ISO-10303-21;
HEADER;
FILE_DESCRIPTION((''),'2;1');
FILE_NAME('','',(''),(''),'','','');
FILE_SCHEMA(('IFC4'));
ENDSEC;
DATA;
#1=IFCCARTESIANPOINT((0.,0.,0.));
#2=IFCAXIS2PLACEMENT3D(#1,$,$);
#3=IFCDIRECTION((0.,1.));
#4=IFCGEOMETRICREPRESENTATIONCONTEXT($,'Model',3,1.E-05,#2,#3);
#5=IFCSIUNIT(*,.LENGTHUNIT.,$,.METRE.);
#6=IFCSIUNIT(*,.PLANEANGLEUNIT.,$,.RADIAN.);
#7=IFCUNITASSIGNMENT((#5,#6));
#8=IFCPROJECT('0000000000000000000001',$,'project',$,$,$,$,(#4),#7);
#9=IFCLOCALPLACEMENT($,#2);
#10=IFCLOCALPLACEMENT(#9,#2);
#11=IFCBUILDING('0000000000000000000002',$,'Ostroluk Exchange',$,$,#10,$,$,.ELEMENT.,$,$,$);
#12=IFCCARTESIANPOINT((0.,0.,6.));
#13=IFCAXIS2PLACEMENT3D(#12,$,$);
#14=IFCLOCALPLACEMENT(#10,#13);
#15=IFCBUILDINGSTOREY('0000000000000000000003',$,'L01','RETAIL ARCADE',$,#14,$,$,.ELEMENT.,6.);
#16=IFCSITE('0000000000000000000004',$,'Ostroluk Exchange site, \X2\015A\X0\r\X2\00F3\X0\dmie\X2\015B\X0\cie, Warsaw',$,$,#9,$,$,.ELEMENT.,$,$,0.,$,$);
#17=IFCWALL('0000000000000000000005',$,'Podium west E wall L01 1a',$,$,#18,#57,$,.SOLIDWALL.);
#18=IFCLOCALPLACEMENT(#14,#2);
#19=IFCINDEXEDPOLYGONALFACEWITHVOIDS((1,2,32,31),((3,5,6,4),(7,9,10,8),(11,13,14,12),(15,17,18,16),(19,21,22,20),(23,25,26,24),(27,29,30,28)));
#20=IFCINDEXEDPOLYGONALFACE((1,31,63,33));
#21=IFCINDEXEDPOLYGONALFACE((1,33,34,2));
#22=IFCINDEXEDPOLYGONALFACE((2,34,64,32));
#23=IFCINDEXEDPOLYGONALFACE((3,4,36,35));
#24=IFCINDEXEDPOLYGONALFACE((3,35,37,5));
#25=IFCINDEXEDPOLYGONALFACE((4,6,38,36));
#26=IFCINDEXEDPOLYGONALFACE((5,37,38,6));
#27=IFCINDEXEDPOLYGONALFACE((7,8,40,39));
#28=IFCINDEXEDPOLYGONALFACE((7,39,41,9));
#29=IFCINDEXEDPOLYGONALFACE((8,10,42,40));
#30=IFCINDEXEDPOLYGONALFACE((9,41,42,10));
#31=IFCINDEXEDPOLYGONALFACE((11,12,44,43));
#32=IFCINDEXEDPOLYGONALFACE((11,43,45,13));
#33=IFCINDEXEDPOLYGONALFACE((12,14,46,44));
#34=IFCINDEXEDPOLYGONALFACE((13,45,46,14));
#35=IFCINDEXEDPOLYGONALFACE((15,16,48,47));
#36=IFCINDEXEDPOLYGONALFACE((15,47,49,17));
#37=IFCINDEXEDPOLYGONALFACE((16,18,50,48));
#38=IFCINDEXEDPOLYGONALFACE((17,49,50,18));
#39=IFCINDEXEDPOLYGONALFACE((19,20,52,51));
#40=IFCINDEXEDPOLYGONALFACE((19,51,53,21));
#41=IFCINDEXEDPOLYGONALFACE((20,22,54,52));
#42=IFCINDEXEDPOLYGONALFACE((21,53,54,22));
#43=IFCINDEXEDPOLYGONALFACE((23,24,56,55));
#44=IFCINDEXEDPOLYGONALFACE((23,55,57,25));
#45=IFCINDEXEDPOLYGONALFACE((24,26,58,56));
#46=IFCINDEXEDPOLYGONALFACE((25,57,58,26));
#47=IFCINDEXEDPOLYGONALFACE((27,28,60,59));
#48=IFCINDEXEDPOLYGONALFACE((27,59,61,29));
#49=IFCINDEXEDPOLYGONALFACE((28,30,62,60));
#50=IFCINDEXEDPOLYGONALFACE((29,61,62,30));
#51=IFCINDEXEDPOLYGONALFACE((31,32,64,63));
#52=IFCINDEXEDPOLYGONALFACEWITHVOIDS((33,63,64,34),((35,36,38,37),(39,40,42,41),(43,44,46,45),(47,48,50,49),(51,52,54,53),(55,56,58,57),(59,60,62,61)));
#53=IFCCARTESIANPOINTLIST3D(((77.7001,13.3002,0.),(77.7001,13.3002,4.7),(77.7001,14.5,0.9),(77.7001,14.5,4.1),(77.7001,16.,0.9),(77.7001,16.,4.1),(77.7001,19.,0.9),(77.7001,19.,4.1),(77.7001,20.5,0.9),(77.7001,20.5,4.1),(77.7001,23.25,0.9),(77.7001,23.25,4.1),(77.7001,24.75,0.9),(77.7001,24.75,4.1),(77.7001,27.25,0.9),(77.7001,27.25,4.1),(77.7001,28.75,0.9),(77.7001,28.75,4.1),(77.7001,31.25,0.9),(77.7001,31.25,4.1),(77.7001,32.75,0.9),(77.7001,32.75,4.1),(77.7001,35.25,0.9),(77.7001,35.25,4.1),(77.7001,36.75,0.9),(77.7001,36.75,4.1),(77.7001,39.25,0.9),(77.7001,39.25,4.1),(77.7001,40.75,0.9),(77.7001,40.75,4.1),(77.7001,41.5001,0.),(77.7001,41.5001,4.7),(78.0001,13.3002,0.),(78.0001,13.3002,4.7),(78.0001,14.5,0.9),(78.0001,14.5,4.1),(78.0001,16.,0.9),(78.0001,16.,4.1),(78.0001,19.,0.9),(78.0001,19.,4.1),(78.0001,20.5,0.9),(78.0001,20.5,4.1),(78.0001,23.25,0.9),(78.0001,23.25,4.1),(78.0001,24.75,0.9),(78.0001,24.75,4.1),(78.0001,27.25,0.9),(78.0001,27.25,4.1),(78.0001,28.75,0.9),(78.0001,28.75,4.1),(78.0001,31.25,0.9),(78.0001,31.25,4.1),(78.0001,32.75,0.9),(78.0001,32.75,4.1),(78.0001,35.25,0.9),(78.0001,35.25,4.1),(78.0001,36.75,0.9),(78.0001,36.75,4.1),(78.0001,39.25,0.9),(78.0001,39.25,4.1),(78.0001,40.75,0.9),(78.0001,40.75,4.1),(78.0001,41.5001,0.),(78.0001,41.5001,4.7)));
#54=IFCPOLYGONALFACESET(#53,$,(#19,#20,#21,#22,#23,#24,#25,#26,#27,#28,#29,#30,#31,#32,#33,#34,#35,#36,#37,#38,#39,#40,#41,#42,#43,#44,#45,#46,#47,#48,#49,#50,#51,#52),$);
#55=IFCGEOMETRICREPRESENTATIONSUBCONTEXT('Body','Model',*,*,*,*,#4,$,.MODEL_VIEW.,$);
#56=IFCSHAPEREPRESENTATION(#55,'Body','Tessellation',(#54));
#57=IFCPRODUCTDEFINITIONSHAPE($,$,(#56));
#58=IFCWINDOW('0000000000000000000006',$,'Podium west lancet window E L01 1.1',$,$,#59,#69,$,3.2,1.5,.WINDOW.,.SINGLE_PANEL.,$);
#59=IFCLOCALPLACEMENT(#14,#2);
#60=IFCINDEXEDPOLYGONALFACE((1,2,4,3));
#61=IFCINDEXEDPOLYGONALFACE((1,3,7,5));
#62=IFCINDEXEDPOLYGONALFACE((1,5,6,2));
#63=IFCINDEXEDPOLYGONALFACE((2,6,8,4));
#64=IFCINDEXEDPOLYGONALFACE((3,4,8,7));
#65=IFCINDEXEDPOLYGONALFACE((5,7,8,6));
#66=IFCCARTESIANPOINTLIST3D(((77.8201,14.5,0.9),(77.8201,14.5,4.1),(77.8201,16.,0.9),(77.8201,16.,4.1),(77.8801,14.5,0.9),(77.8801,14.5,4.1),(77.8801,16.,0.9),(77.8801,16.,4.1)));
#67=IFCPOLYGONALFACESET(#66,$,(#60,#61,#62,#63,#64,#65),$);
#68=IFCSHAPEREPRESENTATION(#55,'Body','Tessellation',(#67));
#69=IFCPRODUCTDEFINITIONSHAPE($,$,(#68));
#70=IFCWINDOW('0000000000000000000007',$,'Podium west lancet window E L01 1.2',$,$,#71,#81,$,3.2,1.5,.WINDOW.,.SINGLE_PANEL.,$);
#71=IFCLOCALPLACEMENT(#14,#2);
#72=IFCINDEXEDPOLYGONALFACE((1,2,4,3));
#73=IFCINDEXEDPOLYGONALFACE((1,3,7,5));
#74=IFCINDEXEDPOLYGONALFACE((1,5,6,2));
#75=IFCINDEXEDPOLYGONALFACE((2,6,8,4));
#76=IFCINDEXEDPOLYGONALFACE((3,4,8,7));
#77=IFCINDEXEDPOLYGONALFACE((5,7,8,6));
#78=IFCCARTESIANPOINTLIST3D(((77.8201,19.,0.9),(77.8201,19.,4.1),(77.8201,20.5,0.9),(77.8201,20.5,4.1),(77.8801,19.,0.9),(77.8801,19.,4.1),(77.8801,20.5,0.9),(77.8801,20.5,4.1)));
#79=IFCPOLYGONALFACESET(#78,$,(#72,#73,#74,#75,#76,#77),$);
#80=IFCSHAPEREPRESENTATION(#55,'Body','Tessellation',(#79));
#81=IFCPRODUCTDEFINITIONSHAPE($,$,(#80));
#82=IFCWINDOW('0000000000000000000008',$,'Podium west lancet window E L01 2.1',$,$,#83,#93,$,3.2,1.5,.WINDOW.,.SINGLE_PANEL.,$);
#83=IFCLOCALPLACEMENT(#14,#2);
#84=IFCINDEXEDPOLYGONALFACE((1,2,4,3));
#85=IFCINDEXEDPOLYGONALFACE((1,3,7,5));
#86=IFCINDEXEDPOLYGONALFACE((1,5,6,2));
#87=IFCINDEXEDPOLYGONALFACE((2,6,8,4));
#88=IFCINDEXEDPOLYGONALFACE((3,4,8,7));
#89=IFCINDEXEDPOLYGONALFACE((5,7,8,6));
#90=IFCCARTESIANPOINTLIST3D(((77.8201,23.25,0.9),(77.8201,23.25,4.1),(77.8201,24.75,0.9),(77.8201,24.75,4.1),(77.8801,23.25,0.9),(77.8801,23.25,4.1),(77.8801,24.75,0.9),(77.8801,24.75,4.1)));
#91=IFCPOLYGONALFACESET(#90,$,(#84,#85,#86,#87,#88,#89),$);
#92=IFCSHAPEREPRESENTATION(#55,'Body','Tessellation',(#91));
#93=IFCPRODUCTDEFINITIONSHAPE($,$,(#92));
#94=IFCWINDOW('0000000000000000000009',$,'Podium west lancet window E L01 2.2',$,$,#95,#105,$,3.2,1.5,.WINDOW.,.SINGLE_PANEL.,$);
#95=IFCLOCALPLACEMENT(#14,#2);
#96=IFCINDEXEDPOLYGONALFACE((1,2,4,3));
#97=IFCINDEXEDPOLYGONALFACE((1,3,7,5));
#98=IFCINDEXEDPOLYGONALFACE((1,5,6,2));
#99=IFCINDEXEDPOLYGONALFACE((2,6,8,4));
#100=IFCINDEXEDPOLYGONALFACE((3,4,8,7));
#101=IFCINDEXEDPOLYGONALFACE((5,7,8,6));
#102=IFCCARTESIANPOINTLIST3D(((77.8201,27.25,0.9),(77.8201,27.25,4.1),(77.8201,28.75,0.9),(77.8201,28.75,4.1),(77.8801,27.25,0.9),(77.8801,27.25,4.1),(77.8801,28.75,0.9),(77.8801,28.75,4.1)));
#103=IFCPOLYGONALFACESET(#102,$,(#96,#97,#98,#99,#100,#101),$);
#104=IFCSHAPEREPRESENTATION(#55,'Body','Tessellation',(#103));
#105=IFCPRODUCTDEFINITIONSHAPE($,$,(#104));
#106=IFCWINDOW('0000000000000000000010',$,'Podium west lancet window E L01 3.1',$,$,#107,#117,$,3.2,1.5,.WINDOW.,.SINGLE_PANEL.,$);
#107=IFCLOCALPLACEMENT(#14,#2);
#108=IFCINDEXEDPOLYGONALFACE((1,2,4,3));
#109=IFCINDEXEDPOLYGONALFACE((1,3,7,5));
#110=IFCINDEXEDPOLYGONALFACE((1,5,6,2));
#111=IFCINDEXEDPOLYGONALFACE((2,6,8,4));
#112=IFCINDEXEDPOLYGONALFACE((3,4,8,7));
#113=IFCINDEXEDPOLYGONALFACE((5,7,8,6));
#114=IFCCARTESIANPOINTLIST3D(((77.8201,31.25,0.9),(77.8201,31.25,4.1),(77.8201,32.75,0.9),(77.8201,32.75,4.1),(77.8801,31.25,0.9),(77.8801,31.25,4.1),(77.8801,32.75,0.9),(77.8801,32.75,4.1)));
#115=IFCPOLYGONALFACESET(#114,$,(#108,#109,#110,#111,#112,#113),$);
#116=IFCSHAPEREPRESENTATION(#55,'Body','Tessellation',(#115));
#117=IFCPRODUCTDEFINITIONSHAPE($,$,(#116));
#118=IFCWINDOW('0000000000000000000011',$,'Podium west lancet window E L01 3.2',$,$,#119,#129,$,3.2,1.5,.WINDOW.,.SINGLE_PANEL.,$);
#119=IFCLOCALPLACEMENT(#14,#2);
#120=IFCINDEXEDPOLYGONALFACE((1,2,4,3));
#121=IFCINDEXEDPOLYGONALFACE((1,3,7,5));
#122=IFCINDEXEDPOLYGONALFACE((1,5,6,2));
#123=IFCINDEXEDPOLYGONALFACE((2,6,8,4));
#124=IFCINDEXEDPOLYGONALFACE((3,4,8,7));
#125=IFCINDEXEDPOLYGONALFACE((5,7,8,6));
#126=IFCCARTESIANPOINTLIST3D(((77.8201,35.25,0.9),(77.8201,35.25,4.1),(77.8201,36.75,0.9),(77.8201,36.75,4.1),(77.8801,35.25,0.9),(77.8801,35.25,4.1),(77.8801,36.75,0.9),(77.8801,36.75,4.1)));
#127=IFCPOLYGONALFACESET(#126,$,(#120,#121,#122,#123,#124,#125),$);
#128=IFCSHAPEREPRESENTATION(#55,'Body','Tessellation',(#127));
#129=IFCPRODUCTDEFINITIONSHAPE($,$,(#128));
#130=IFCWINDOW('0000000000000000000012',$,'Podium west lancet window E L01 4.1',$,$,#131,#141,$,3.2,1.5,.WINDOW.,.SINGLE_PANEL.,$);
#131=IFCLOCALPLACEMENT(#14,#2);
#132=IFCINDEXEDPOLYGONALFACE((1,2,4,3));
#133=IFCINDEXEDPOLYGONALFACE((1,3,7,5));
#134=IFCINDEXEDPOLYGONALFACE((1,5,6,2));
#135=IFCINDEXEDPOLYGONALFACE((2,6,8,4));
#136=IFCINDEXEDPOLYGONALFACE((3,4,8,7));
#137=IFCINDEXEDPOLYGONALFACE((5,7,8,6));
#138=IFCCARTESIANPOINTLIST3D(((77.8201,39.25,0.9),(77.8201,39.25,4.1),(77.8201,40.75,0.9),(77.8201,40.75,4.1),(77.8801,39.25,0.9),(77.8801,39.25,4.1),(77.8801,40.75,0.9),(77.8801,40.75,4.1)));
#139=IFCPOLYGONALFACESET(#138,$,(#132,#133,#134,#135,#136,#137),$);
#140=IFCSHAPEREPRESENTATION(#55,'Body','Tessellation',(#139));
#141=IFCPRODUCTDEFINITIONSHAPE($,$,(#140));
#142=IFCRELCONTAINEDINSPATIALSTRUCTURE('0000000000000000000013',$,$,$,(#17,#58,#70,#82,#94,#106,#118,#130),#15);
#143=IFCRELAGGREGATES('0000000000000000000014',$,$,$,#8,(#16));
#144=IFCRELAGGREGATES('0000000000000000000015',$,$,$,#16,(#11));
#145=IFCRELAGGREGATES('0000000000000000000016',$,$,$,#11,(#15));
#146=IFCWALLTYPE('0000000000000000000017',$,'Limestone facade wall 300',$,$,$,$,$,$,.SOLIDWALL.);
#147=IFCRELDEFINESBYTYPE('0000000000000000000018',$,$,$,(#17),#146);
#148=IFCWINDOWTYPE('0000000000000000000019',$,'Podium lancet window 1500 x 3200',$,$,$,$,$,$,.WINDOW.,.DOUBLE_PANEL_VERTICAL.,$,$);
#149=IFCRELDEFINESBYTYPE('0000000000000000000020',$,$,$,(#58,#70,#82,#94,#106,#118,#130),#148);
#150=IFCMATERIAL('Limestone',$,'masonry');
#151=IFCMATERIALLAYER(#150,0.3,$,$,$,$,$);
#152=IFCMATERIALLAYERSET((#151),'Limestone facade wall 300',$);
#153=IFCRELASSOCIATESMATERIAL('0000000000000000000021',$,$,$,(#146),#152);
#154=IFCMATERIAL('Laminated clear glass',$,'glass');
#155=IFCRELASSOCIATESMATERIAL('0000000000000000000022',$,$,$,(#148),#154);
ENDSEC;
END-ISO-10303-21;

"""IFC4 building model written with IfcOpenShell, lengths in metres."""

from ifc_helpers import new_model, si_unit, direction, frame, frame_2d, origin, place, context, subcontext, project, spatial, rectangle, extrude, material, layer, layer_set, type_object, element, fill, save


model = new_model("IFC4")

# Units and contexts
model_context = context("Model", 3, precision=1e-05, world=origin(), true_north=direction((0.0, 1.0)))
body_context = subcontext(model_context, "Body", "Model", "MODEL_VIEW")
ifc_project = project(units=[si_unit("LENGTHUNIT", "METRE"), si_unit("PLANEANGLEUNIT", "RADIAN")], contexts=[model_context])

# Site, building, storey
site_placement = place(None, origin())
site = spatial("IfcSite", under=ifc_project, at=site_placement, Name="Ostroluk Exchange site, Śródmieście, Warsaw", CompositionType="ELEMENT", RefElevation=0.0)
building_placement = place(site_placement, origin())
building = spatial("IfcBuilding", under=site, at=building_placement, Name="Ostroluk Exchange", CompositionType="ELEMENT")
storey_placement = place(building_placement, frame((0.0, 0.0, 6.0)))
storey = spatial("IfcBuildingStorey", under=building, at=storey_placement, Name="L01", Description="RETAIL ARCADE", CompositionType="ELEMENT", Elevation=6.0)

# Wall, openings, windows
ifc_material_1 = material(Name="Limestone", Category="masonry")
ifc_layer_1 = layer(ifc_material_1, 0.3)
ifc_layer_set_1 = layer_set([ifc_layer_1], Name="Limestone facade wall 300")
wall_type_1 = type_object("IfcWallType", Name="Limestone facade wall 300", PredefinedType="SOLIDWALL", material=ifc_layer_set_1)
wall_1_placement = place(storey_placement, frame((77.8501, 13.3, 0.0), z_axis=(0.0, 0.0, 1.0), x_axis=(0.0, 1.0, 0.0)))
wall_1 = element("IfcWall", 1, at=wall_1_placement, inside=storey, type_object=wall_type_1, Name="Podium west E wall L01 1a", PredefinedType="SOLIDWALL", context=body_context, shape_type="SweptSolid", body=[
    extrude(rectangle(XDim=28.2, YDim=0.3, at=frame_2d((14.1001, 0.0))), origin(), (0.0, 0.0, 1.0), 4.7),
])
opening_1_placement = place(wall_1_placement, frame((1.2, 0.0, 0.8999)))
opening_1 = element("IfcOpeningElement", 2, at=opening_1_placement, cuts=wall_1, PredefinedType="OPENING", context=body_context, shape_type="SweptSolid", body=[
    extrude(rectangle(XDim=1.5, YDim=3.2, at=frame_2d((0.75, 1.6001))), frame((0.0, 0.1599, 0.0), z_axis=(0.0, -1.0, 0.0), x_axis=(1.0, 0.0, 0.0)), (0.0, 0.0, 1.0), 0.3201),
])
opening_2_placement = place(wall_1_placement, frame((5.7, 0.0, 0.8999)))
opening_2 = element("IfcOpeningElement", 3, at=opening_2_placement, cuts=wall_1, PredefinedType="OPENING", context=body_context, shape_type="SweptSolid", body=[
    extrude(rectangle(XDim=1.5, YDim=3.2, at=frame_2d((0.75, 1.6001))), frame((0.0, 0.1599, 0.0), z_axis=(0.0, -1.0, 0.0), x_axis=(1.0, 0.0, 0.0)), (0.0, 0.0, 1.0), 0.3201),
])
opening_3_placement = place(wall_1_placement, frame((9.95, 0.0, 0.8999)))
opening_3 = element("IfcOpeningElement", 4, at=opening_3_placement, cuts=wall_1, PredefinedType="OPENING", context=body_context, shape_type="SweptSolid", body=[
    extrude(rectangle(XDim=1.5, YDim=3.2, at=frame_2d((0.75, 1.6001))), frame((0.0, 0.1599, 0.0), z_axis=(0.0, -1.0, 0.0), x_axis=(1.0, 0.0, 0.0)), (0.0, 0.0, 1.0), 0.3201),
])
opening_4_placement = place(wall_1_placement, frame((13.95, 0.0, 0.8999)))
opening_4 = element("IfcOpeningElement", 5, at=opening_4_placement, cuts=wall_1, PredefinedType="OPENING", context=body_context, shape_type="SweptSolid", body=[
    extrude(rectangle(XDim=1.5, YDim=3.2, at=frame_2d((0.75, 1.6001))), frame((0.0, 0.1599, 0.0), z_axis=(0.0, -1.0, 0.0), x_axis=(1.0, 0.0, 0.0)), (0.0, 0.0, 1.0), 0.3201),
])
opening_5_placement = place(wall_1_placement, frame((17.95, 0.0, 0.8999)))
opening_5 = element("IfcOpeningElement", 6, at=opening_5_placement, cuts=wall_1, PredefinedType="OPENING", context=body_context, shape_type="SweptSolid", body=[
    extrude(rectangle(XDim=1.5, YDim=3.2, at=frame_2d((0.75, 1.6001))), frame((0.0, 0.1599, 0.0), z_axis=(0.0, -1.0, 0.0), x_axis=(1.0, 0.0, 0.0)), (0.0, 0.0, 1.0), 0.3201),
])
opening_6_placement = place(wall_1_placement, frame((21.95, 0.0, 0.8999)))
opening_6 = element("IfcOpeningElement", 7, at=opening_6_placement, cuts=wall_1, PredefinedType="OPENING", context=body_context, shape_type="SweptSolid", body=[
    extrude(rectangle(XDim=1.5, YDim=3.2, at=frame_2d((0.75, 1.6001))), frame((0.0, 0.1599, 0.0), z_axis=(0.0, -1.0, 0.0), x_axis=(1.0, 0.0, 0.0)), (0.0, 0.0, 1.0), 0.3201),
])
opening_7_placement = place(wall_1_placement, frame((25.95, 0.0, 0.8999)))
opening_7 = element("IfcOpeningElement", 8, at=opening_7_placement, cuts=wall_1, PredefinedType="OPENING", context=body_context, shape_type="SweptSolid", body=[
    extrude(rectangle(XDim=1.5, YDim=3.2, at=frame_2d((0.75, 1.6001))), frame((0.0, 0.1599, 0.0), z_axis=(0.0, -1.0, 0.0), x_axis=(1.0, 0.0, 0.0)), (0.0, 0.0, 1.0), 0.3201),
])
ifc_material_2 = material(Name="Laminated clear glass", Category="glass")
window_type = type_object("IfcWindowType", Name="Podium lancet window 1500 x 3200", PartitioningType="DOUBLE_PANEL_VERTICAL", PredefinedType="WINDOW", material=ifc_material_2)
window_1_placement = place(opening_1_placement, origin())
window_1 = element("IfcWindow", 9, at=window_1_placement, inside=storey, type_object=window_type, Name="Podium west lancet window E L01 1.1", OverallHeight=3.2, OverallWidth=1.5, PartitioningType="SINGLE_PANEL", PredefinedType="WINDOW", context=body_context, shape_type="SweptSolid", body=[
    extrude(rectangle(XDim=1.5, YDim=3.2, at=frame_2d((0.75, 1.6001))), frame((0.0, 0.03, 0.0), z_axis=(0.0, -1.0, 0.0), x_axis=(1.0, 0.0, 0.0)), (0.0, 0.0, 1.0), 0.0601),
])
fill(opening_1, window_1)
window_2_placement = place(opening_2_placement, origin())
window_2 = element("IfcWindow", 10, at=window_2_placement, inside=storey, type_object=window_type, Name="Podium west lancet window E L01 1.2", OverallHeight=3.2, OverallWidth=1.5, PartitioningType="SINGLE_PANEL", PredefinedType="WINDOW", context=body_context, shape_type="SweptSolid", body=[
    extrude(rectangle(XDim=1.5, YDim=3.2, at=frame_2d((0.75, 1.6001))), frame((0.0, 0.03, 0.0), z_axis=(0.0, -1.0, 0.0), x_axis=(1.0, 0.0, 0.0)), (0.0, 0.0, 1.0), 0.0601),
])
fill(opening_2, window_2)
window_3_placement = place(opening_3_placement, origin())
window_3 = element("IfcWindow", 11, at=window_3_placement, inside=storey, type_object=window_type, Name="Podium west lancet window E L01 2.1", OverallHeight=3.2, OverallWidth=1.5, PartitioningType="SINGLE_PANEL", PredefinedType="WINDOW", context=body_context, shape_type="SweptSolid", body=[
    extrude(rectangle(XDim=1.5, YDim=3.2, at=frame_2d((0.75, 1.6001))), frame((0.0, 0.03, 0.0), z_axis=(0.0, -1.0, 0.0), x_axis=(1.0, 0.0, 0.0)), (0.0, 0.0, 1.0), 0.0601),
])
fill(opening_3, window_3)
window_4_placement = place(opening_4_placement, origin())
window_4 = element("IfcWindow", 12, at=window_4_placement, inside=storey, type_object=window_type, Name="Podium west lancet window E L01 2.2", OverallHeight=3.2, OverallWidth=1.5, PartitioningType="SINGLE_PANEL", PredefinedType="WINDOW", context=body_context, shape_type="SweptSolid", body=[
    extrude(rectangle(XDim=1.5, YDim=3.2, at=frame_2d((0.75, 1.6001))), frame((0.0, 0.03, 0.0), z_axis=(0.0, -1.0, 0.0), x_axis=(1.0, 0.0, 0.0)), (0.0, 0.0, 1.0), 0.0601),
])
fill(opening_4, window_4)
window_5_placement = place(opening_5_placement, origin())
window_5 = element("IfcWindow", 13, at=window_5_placement, inside=storey, type_object=window_type, Name="Podium west lancet window E L01 3.1", OverallHeight=3.2, OverallWidth=1.5, PartitioningType="SINGLE_PANEL", PredefinedType="WINDOW", context=body_context, shape_type="SweptSolid", body=[
    extrude(rectangle(XDim=1.5, YDim=3.2, at=frame_2d((0.75, 1.6001))), frame((0.0, 0.03, 0.0), z_axis=(0.0, -1.0, 0.0), x_axis=(1.0, 0.0, 0.0)), (0.0, 0.0, 1.0), 0.0601),
])
fill(opening_5, window_5)
window_6_placement = place(opening_6_placement, origin())
window_6 = element("IfcWindow", 14, at=window_6_placement, inside=storey, type_object=window_type, Name="Podium west lancet window E L01 3.2", OverallHeight=3.2, OverallWidth=1.5, PartitioningType="SINGLE_PANEL", PredefinedType="WINDOW", context=body_context, shape_type="SweptSolid", body=[
    extrude(rectangle(XDim=1.5, YDim=3.2, at=frame_2d((0.75, 1.6001))), frame((0.0, 0.03, 0.0), z_axis=(0.0, -1.0, 0.0), x_axis=(1.0, 0.0, 0.0)), (0.0, 0.0, 1.0), 0.0601),
])
fill(opening_6, window_6)
window_7_placement = place(opening_7_placement, origin())
window_7 = element("IfcWindow", 15, at=window_7_placement, inside=storey, type_object=window_type, Name="Podium west lancet window E L01 4.1", OverallHeight=3.2, OverallWidth=1.5, PartitioningType="SINGLE_PANEL", PredefinedType="WINDOW", context=body_context, shape_type="SweptSolid", body=[
    extrude(rectangle(XDim=1.5, YDim=3.2, at=frame_2d((0.75, 1.6001))), frame((0.0, 0.03, 0.0), z_axis=(0.0, -1.0, 0.0), x_axis=(1.0, 0.0, 0.0)), (0.0, 0.0, 1.0), 0.0601),
])
fill(opening_7, window_7)

save(model, "model.ifc")
